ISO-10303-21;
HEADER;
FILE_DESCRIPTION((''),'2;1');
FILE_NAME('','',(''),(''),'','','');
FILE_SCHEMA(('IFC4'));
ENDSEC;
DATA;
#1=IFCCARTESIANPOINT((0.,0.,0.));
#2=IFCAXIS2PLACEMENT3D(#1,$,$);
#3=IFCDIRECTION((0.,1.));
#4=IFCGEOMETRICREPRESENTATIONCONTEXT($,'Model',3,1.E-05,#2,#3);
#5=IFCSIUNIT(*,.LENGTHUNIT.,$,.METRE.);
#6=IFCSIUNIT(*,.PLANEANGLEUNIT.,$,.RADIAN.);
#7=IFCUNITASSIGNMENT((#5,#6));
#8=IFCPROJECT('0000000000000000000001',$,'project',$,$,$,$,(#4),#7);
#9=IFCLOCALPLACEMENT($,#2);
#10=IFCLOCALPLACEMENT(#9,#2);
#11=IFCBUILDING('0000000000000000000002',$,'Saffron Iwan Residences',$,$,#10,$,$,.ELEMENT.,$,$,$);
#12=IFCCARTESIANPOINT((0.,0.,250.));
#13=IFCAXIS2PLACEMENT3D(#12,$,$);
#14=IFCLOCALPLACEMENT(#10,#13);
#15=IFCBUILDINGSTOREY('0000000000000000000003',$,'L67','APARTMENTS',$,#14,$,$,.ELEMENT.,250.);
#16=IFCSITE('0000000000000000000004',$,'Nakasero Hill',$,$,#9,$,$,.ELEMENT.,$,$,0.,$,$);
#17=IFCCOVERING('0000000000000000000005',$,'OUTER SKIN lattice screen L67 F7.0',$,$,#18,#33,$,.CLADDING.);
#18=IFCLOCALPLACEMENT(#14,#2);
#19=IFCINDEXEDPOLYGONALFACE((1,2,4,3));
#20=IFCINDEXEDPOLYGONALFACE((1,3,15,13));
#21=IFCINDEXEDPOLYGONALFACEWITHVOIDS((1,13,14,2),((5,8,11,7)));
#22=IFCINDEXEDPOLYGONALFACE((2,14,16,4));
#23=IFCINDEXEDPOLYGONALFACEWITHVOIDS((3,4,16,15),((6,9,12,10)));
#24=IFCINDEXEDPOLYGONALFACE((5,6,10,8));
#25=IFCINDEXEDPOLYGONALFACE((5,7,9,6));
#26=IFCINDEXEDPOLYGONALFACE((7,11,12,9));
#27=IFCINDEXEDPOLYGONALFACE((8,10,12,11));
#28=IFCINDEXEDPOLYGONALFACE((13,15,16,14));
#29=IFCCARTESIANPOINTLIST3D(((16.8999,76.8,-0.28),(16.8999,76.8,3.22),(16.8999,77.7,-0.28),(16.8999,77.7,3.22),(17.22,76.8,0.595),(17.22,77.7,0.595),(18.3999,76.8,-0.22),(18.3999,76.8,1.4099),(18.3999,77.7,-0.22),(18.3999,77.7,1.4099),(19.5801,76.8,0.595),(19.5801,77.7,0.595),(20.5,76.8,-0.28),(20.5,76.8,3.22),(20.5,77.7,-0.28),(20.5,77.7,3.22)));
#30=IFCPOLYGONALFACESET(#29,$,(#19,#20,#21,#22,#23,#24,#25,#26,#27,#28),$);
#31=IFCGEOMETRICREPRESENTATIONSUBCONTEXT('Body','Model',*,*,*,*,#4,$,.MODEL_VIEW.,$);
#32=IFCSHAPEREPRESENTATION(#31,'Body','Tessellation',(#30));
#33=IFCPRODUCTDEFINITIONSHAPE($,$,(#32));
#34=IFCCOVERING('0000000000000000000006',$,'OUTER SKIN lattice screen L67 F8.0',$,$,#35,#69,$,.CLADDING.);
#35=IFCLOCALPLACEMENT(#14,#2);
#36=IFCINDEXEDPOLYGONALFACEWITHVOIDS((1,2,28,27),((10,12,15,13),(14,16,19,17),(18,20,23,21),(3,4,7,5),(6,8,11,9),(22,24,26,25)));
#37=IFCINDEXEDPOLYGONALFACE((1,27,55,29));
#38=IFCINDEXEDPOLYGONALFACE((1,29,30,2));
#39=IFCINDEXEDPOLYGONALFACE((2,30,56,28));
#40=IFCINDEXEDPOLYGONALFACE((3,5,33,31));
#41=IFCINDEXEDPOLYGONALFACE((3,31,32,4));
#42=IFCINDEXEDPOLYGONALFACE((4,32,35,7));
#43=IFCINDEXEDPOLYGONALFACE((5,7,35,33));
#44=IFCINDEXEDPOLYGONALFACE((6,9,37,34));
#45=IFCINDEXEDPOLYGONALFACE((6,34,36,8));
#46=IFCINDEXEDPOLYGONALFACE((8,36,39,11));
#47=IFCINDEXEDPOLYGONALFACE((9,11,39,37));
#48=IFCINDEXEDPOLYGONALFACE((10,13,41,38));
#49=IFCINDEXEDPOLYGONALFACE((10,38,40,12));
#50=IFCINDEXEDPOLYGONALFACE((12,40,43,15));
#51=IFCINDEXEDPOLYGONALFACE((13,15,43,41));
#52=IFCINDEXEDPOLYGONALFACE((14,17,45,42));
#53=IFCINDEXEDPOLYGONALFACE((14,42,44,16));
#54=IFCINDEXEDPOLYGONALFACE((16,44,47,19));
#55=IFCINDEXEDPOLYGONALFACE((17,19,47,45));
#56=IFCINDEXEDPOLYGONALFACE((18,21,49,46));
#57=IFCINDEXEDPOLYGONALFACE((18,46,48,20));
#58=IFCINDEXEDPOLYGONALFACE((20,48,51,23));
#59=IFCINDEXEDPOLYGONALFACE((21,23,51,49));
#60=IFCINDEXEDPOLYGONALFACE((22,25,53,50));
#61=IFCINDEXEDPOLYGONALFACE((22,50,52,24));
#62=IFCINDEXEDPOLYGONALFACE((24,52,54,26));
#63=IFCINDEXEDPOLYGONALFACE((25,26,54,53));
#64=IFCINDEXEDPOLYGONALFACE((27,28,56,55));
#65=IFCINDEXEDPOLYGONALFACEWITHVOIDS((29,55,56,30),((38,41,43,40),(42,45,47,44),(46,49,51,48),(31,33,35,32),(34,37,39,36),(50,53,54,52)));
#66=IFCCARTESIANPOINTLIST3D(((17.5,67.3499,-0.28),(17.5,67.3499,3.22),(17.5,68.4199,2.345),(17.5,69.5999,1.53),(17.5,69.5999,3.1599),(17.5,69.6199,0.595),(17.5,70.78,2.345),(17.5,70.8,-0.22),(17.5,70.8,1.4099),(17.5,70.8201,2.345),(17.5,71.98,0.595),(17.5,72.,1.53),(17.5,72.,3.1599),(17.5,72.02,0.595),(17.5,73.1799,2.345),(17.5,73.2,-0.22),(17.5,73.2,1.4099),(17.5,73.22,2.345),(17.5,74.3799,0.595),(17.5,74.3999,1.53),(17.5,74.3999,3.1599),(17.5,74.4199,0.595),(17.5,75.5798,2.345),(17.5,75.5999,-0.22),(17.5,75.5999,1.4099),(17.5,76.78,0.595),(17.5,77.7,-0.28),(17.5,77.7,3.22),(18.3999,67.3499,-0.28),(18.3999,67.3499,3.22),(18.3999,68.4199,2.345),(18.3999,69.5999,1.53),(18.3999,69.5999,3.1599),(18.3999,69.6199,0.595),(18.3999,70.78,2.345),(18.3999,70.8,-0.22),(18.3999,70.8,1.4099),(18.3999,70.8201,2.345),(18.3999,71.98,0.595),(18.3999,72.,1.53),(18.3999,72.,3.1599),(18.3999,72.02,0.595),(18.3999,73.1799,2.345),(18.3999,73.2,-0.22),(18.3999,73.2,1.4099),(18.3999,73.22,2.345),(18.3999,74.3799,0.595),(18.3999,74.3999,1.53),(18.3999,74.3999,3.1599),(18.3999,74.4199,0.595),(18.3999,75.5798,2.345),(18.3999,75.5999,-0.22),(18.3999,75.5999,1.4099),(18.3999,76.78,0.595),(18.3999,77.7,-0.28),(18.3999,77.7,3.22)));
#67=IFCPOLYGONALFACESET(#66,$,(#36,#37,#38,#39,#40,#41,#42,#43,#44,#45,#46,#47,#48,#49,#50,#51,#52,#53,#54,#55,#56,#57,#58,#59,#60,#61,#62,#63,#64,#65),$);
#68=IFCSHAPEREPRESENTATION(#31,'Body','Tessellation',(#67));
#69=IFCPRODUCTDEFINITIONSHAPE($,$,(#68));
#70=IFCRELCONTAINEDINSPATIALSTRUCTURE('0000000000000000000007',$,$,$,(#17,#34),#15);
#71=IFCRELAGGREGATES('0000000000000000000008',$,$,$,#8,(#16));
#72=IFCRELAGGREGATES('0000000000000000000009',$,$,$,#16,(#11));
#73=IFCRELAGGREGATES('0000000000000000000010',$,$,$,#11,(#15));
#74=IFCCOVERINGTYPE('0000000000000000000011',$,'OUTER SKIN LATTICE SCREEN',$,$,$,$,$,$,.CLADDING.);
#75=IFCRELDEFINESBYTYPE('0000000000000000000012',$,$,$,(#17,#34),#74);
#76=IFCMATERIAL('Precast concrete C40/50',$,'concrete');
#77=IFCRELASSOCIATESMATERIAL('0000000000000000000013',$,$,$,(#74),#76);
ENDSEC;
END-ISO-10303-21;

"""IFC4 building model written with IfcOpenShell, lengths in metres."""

from ifc_helpers import new_model, si_unit, direction, frame, origin, place, context, subcontext, project, spatial, polyline, outline, extrude, material, type_object, element, save


model = new_model("IFC4")

# Units and contexts
model_context = context("Model", 3, precision=1e-05, world=origin(), true_north=direction((0.0, 1.0)))
body_context = subcontext(model_context, "Body", "Model", "MODEL_VIEW")
ifc_project = project(units=[si_unit("LENGTHUNIT", "METRE"), si_unit("PLANEANGLEUNIT", "RADIAN")], contexts=[model_context])

# Site, building, storey
site_placement = place(None, origin())
site = spatial("IfcSite", under=ifc_project, at=site_placement, Name="Nakasero Hill", CompositionType="ELEMENT", RefElevation=0.0)
building_placement = place(site_placement, origin())
building = spatial("IfcBuilding", under=site, at=building_placement, Name="Saffron Iwan Residences", CompositionType="ELEMENT")
storey_placement = place(building_placement, frame((0.0, 0.0, 250.0)))
storey = spatial("IfcBuildingStorey", under=building, at=storey_placement, Name="L67", Description="APARTMENTS", CompositionType="ELEMENT", Elevation=250.0)

# Coverings
ifc_material_1 = material(Name="Precast concrete C40/50", Category="concrete")
covering_type = type_object("IfcCoveringType", Name="OUTER SKIN LATTICE SCREEN", PredefinedType="CLADDING", material=ifc_material_1)
for number, where, z_axis, x_axis, name in (
    (1, (20.5, 76.8, -0.28), (0.0, 1.0, 0.0), (-1.0, 0.0, 0.0), "OUTER SKIN lattice screen L67 F7.0"),
):
    element("IfcCovering", number, at=place(storey_placement, frame(where, z_axis=z_axis, x_axis=x_axis)), inside=storey, type_object=covering_type, Name=name, PredefinedType="CLADDING", context=body_context, shape_type="SweptSolid", body=[
        extrude(outline(polyline([(0.0, 0.0), (3.6001, 0.0), (3.6001, 3.5), (0.0, 3.5), (0.0, 0.0)]), holes=[polyline([(0.9199, 0.875), (2.1001, 0.0601), (3.28, 0.875), (2.1001, 1.6899), (0.9199, 0.875)])]), origin(), (0.0, 0.0, 1.0), 0.8999),
    ])
covering_placement = place(storey_placement, frame((18.3999, 77.7, -0.28), z_axis=(-1.0, 0.0, 0.0), x_axis=(0.0, -1.0, 0.0)))
element("IfcCovering", 2, at=covering_placement, inside=storey, type_object=covering_type, Name="OUTER SKIN lattice screen L67 F8.0", PredefinedType="CLADDING", context=body_context, shape_type="SweptSolid", body=[
    extrude(outline(polyline([(0.0, 0.0), (10.3501, 0.0), (10.3501, 3.5), (0.0, 3.5), (0.0, 0.0)]), holes=[polyline([(0.9199, 0.875), (2.1001, 0.0601), (3.28, 0.875), (2.1001, 1.6899), (0.9199, 0.875)]), polyline([(3.3201, 0.875), (4.5, 0.0601), (5.6799, 0.875), (4.5, 1.6899), (3.3201, 0.875)]), polyline([(5.72, 0.875), (6.8999, 0.0601), (8.0801, 0.875), (6.8999, 1.6899), (5.72, 0.875)]), polyline([(2.1201, 2.625), (3.3, 1.8101), (4.48, 2.625), (3.3, 3.4399), (2.1201, 2.625)]), polyline([(4.52, 2.625), (5.7, 1.8101), (6.8799, 2.625), (5.7, 3.4399), (4.52, 2.625)]), polyline([(6.9199, 2.625), (8.1001, 1.8101), (9.28, 2.625), (8.1001, 3.4399), (6.9199, 2.625)])]), origin(), (0.0, 0.0, 1.0), 0.8999),
])

save(model, "model.ifc")
